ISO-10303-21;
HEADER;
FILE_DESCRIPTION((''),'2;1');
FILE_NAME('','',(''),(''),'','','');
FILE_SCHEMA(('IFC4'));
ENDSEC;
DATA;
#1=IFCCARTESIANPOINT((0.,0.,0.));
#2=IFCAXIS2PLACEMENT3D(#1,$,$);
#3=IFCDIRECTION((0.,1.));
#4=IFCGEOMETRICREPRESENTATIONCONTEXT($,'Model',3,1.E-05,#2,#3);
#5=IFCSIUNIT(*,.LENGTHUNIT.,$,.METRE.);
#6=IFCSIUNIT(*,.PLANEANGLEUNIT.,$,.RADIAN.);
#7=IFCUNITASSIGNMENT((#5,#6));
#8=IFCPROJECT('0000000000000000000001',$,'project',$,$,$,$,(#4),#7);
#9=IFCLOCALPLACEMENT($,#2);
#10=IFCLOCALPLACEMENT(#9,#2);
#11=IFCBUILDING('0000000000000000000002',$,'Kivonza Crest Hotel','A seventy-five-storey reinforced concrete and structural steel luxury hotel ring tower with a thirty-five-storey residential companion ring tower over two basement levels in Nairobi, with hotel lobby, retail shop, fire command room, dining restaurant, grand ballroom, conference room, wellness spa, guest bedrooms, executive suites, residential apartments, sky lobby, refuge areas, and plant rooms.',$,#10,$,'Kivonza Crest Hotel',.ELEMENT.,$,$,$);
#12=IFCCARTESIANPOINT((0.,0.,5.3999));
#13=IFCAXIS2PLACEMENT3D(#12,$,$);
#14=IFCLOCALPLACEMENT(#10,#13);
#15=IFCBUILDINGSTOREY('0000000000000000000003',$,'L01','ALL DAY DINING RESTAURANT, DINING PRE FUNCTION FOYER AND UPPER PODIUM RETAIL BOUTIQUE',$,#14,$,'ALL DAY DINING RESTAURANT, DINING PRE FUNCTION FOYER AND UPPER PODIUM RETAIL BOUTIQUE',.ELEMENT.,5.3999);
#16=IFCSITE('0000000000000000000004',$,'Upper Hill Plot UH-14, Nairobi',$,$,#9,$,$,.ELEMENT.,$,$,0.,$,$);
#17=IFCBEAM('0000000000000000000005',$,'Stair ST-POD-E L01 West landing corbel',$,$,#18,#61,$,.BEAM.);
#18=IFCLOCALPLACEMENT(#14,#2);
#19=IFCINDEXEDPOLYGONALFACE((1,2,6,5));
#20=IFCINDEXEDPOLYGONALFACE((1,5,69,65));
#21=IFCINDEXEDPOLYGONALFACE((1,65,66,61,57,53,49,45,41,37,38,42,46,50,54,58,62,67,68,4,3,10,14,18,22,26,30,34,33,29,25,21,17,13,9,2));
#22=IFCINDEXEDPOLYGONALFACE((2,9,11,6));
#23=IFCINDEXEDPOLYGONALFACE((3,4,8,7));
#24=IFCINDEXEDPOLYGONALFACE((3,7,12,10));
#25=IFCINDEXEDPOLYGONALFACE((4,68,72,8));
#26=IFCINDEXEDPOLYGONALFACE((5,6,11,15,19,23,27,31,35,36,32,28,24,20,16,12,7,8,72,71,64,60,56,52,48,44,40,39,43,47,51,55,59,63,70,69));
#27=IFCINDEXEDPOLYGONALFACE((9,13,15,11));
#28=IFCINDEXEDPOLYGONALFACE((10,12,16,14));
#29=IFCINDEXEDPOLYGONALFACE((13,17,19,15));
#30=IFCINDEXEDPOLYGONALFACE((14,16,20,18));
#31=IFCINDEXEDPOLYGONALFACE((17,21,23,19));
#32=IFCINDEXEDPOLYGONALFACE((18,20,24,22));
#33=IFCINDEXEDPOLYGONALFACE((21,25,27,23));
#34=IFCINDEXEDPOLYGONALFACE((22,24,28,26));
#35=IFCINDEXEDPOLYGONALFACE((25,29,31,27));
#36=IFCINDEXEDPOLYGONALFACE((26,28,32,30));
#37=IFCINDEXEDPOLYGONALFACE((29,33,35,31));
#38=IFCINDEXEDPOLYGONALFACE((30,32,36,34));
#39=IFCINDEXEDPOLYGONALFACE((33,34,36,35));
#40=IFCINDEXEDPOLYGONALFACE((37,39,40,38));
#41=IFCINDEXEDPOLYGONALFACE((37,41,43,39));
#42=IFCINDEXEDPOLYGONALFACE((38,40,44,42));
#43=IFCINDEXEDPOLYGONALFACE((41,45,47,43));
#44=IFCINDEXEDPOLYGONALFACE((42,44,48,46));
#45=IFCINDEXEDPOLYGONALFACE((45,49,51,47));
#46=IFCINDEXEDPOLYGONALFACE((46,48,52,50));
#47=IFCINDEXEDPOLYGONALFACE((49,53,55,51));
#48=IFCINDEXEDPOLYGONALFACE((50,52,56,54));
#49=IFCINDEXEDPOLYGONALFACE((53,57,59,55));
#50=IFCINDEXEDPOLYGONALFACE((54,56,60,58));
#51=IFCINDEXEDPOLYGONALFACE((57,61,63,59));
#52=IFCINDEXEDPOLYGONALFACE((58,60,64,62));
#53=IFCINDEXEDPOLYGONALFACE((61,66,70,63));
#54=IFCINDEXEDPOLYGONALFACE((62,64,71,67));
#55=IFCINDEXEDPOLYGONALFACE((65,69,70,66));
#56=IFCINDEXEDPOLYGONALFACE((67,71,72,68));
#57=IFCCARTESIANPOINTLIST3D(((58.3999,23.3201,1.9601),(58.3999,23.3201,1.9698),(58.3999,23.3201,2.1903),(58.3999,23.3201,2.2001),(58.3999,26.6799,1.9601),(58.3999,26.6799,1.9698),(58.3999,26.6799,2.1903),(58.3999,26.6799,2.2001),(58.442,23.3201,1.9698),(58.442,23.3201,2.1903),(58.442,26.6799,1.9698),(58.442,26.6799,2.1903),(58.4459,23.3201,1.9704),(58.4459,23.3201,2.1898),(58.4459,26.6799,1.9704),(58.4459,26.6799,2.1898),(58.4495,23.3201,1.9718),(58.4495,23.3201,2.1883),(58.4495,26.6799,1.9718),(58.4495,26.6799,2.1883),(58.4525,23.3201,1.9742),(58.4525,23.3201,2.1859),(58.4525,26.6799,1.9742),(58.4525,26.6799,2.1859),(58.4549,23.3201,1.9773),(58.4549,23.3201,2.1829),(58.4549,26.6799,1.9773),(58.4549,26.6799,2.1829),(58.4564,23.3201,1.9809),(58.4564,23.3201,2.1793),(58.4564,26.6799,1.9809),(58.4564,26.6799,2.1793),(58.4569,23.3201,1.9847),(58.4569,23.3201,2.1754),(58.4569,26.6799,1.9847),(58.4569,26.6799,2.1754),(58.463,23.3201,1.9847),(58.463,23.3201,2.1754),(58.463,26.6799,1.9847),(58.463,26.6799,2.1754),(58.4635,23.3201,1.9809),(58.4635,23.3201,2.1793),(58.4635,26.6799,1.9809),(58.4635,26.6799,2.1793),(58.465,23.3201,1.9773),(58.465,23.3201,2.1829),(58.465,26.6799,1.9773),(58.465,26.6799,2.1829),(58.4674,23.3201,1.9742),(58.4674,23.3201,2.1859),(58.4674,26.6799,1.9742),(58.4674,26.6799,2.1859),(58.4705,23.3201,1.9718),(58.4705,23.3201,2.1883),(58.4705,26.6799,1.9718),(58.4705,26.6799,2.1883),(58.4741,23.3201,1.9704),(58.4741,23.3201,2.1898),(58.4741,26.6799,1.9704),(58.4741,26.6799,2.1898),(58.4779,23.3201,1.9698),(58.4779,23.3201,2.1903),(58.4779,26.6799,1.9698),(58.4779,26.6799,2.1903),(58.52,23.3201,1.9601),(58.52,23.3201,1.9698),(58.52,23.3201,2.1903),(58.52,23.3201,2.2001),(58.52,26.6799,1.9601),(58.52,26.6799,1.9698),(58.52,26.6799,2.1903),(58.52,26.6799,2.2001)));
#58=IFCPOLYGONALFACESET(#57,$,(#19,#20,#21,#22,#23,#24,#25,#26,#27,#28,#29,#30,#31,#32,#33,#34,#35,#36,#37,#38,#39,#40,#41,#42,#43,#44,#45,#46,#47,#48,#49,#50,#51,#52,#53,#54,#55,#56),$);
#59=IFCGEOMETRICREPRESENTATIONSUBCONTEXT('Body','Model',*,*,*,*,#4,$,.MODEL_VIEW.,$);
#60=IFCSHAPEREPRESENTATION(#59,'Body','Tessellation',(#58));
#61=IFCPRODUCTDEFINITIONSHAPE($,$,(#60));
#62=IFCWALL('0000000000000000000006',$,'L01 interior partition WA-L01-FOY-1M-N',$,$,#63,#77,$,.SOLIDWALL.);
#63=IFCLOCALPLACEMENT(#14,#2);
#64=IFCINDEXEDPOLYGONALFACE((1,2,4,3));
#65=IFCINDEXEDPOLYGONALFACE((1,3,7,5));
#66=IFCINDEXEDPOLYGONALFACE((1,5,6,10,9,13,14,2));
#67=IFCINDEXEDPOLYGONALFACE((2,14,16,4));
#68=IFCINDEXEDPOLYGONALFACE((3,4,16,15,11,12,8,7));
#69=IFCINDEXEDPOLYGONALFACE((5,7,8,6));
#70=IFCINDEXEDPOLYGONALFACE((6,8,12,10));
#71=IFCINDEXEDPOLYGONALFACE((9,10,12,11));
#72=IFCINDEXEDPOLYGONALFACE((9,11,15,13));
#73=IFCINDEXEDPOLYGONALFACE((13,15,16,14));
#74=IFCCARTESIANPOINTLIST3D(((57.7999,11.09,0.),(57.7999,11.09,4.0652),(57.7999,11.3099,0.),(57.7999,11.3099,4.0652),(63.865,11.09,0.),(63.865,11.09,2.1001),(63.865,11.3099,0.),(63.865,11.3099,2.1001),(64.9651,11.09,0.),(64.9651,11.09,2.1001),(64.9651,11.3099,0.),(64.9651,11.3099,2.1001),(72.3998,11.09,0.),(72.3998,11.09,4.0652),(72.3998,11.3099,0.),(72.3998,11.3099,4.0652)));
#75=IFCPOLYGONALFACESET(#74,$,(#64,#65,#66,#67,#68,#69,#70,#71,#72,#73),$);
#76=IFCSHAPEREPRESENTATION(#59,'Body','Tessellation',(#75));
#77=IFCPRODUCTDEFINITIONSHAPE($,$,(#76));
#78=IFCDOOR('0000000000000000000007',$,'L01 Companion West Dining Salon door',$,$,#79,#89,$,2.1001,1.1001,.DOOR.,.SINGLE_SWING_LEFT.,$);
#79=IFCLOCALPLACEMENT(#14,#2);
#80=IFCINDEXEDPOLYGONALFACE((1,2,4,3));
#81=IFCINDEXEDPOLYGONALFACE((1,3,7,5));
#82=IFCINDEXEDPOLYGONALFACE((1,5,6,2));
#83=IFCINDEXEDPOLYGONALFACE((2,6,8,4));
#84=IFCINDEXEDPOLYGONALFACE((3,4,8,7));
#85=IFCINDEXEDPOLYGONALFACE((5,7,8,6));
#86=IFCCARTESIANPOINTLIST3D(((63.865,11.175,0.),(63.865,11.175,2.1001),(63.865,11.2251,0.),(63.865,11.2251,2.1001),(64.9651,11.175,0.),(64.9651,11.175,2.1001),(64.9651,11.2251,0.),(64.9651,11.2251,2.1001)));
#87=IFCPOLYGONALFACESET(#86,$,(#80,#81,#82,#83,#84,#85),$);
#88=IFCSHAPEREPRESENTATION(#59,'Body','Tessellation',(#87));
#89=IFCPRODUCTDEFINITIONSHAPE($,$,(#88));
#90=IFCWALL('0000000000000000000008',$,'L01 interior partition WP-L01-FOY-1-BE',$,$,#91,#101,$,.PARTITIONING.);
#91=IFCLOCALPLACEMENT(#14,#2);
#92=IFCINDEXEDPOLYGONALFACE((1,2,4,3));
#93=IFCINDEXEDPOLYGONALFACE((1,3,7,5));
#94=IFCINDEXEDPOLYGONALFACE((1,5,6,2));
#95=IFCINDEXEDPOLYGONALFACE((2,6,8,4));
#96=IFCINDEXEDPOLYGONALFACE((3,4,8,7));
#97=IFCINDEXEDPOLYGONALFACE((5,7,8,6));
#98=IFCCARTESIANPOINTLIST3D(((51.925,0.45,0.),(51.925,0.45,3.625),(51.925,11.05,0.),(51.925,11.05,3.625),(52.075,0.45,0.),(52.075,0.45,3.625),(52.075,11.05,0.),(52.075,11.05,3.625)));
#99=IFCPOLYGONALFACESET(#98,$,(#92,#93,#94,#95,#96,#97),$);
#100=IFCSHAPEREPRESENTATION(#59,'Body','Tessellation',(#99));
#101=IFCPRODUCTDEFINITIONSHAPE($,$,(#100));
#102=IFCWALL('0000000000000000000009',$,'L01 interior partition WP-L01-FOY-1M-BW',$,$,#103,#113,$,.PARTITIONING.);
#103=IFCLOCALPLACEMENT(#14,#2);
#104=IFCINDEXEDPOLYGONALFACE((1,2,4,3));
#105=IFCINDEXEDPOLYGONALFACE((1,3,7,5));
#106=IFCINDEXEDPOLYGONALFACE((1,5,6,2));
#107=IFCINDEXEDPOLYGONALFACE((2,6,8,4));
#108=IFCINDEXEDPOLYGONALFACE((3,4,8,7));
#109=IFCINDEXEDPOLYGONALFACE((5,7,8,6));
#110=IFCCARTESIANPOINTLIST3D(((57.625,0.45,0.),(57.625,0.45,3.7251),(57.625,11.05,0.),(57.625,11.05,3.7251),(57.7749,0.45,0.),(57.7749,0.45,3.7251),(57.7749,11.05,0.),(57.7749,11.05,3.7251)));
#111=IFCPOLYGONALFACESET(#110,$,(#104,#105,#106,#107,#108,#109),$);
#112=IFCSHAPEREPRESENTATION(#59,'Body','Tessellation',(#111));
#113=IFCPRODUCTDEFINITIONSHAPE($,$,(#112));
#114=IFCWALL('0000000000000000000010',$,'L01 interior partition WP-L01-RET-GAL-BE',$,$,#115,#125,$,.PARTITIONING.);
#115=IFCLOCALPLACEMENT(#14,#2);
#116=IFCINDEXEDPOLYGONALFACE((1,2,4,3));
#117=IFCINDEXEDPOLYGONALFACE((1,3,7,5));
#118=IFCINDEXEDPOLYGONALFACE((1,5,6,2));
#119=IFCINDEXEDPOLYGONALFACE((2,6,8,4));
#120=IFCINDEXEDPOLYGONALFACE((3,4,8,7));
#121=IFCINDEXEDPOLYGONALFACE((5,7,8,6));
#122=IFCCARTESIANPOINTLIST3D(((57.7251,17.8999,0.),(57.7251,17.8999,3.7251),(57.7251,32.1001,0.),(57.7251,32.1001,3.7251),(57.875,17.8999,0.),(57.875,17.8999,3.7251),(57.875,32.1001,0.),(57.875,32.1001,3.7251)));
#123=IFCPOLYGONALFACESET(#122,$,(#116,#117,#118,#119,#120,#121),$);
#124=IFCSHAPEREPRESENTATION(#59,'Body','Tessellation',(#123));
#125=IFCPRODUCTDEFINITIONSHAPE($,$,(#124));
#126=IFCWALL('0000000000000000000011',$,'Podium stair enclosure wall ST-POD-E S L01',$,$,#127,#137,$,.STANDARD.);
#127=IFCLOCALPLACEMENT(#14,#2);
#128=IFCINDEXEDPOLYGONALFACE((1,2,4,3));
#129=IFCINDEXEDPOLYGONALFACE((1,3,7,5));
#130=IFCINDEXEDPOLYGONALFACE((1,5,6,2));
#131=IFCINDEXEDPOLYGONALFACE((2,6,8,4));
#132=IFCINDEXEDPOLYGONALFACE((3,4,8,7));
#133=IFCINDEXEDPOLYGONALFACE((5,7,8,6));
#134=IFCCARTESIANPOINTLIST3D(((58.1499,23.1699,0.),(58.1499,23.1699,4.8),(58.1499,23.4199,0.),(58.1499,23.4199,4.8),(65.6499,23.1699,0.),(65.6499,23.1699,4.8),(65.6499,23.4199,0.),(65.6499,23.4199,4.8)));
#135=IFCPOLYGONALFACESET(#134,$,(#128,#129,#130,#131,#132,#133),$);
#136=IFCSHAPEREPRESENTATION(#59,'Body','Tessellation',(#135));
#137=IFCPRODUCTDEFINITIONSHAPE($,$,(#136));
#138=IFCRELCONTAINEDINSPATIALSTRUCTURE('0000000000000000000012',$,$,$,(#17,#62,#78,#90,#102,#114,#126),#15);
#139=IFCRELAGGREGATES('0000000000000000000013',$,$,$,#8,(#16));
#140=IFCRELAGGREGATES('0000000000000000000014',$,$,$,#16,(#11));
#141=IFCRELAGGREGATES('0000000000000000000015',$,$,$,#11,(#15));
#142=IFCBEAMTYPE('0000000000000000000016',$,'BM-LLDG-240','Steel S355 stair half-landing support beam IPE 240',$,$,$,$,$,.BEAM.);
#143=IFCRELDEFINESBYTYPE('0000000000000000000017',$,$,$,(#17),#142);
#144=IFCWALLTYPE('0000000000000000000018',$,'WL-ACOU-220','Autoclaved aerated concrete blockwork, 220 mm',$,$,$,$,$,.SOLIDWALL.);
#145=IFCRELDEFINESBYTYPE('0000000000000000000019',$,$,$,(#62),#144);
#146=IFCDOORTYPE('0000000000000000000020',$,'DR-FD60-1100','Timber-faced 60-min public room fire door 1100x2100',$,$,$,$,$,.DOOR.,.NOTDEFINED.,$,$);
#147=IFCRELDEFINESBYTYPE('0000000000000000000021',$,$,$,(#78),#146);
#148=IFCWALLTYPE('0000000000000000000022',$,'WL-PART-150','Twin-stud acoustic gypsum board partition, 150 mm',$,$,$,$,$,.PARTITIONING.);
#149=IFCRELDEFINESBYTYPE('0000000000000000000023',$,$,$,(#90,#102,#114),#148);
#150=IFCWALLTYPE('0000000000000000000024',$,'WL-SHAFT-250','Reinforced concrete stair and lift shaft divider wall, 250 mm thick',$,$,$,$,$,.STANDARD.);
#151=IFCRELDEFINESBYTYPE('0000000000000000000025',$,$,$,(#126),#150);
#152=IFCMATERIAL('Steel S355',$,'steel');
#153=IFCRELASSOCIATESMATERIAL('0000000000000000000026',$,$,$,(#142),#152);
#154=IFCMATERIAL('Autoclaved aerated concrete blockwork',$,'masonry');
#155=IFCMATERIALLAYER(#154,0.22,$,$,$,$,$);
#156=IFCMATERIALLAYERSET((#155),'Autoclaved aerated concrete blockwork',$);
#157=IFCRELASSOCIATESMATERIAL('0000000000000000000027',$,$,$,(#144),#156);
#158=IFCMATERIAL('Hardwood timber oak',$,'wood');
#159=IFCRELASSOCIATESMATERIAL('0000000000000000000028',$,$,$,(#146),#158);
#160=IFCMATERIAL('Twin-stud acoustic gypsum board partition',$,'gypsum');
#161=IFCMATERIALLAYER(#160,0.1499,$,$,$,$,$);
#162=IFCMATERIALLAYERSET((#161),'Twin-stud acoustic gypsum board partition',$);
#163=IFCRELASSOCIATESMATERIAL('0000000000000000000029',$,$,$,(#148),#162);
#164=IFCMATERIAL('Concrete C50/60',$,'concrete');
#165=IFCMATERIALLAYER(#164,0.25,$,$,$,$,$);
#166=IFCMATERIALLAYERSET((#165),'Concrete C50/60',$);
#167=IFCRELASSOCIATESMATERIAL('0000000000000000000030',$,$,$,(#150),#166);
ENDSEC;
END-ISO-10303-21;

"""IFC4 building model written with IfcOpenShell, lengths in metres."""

from ifc_helpers import new_model, si_unit, direction, frame, frame_2d, origin, origin_2d, place, context, subcontext, project, spatial, rectangle, i_section, extrude, material, layer, layer_set, material_profile, profile_set, type_object, element, fill, save


model = new_model("IFC4")

# Units and contexts
model_context = context("Model", 3, precision=1e-05, world=origin(), true_north=direction((0.0, 1.0)))
body_context = subcontext(model_context, "Body", "Model", "MODEL_VIEW")
ifc_project = project(units=[si_unit("LENGTHUNIT", "METRE"), si_unit("PLANEANGLEUNIT", "RADIAN")], contexts=[model_context])

# Site, building, storey
site_placement = place(None, origin())
site = spatial("IfcSite", under=ifc_project, at=site_placement, Name="Upper Hill Plot UH-14, Nairobi", CompositionType="ELEMENT", RefElevation=0.0)
building_placement = place(site_placement, origin())
building = spatial("IfcBuilding", under=site, at=building_placement, Name="Kivonza Crest Hotel", Description="A seventy-five-storey reinforced concrete and structural steel luxury hotel ring tower with a thirty-five-storey residential companion ring tower over two basement levels in Nairobi, with hotel lobby, retail shop, fire command room, dining restaurant, grand ballroom, conference room, wellness spa, guest bedrooms, executive suites, residential apartments, sky lobby, refuge areas, and plant rooms.", LongName="Kivonza Crest Hotel", CompositionType="ELEMENT")
storey_placement = place(building_placement, frame((0.0, 0.0, 5.3999)))
storey = spatial("IfcBuildingStorey", under=building, at=storey_placement, Name="L01", Description="ALL DAY DINING RESTAURANT, DINING PRE FUNCTION FOYER AND UPPER PODIUM RETAIL BOUTIQUE", LongName="ALL DAY DINING RESTAURANT, DINING PRE FUNCTION FOYER AND UPPER PODIUM RETAIL BOUTIQUE", CompositionType="ELEMENT", Elevation=5.3999)

# Beam
ifc_material_1 = material(Name="Steel S355", Category="steel")
ifc_material_profile_1 = material_profile(ifc_material_1, i_section(OverallWidth=0.1201, OverallDepth=0.24, WebThickness=0.0061, FlangeThickness=0.0098, FilletRadius=0.0149, at=origin_2d()), Name="IPE 240")
ifc_profile_set_1 = profile_set([ifc_material_profile_1], Name="Steel S355")
beam_type_1 = type_object("IfcBeamType", Name="BM-LLDG-240", Description="Steel S355 stair half-landing support beam IPE 240", PredefinedType="BEAM", material=ifc_profile_set_1)
beam_1_placement = place(storey_placement, frame((58.46, 23.3201, 2.0801), z_axis=(0.0, 1.0, 0.0), x_axis=(-1.0, 0.0, 0.0)))
element("IfcBeam", 1, at=beam_1_placement, inside=storey, type_object=beam_type_1, Name="Stair ST-POD-E L01 West landing corbel", PredefinedType="BEAM", context=body_context, shape_type="SweptSolid", body=[
    extrude(i_section(OverallWidth=0.1201, OverallDepth=0.24, WebThickness=0.0061, FlangeThickness=0.0098, FilletRadius=0.0149, at=origin_2d()), origin(), (0.0, 0.0, 1.0), 3.3599),
])

# Wall, opening, door
ifc_material_2 = material(Name="Autoclaved aerated concrete blockwork", Category="masonry")
ifc_layer_1 = layer(ifc_material_2, 0.22)
ifc_layer_set_1 = layer_set([ifc_layer_1], Name="Autoclaved aerated concrete blockwork")
wall_type_1 = type_object("IfcWallType", Name="WL-ACOU-220", Description="Autoclaved aerated concrete blockwork, 220 mm", PredefinedType="SOLIDWALL", material=ifc_layer_set_1)
wall_1_placement = place(storey_placement, frame((57.8, 11.2, 0.0), z_axis=(0.0, 0.0, 1.0), x_axis=(1.0, 0.0, 0.0)))
wall_1 = element("IfcWall", 2, at=wall_1_placement, inside=storey, type_object=wall_type_1, Name="L01 interior partition WA-L01-FOY-1M-N", PredefinedType="SOLIDWALL", context=body_context, shape_type="SweptSolid", body=[
    extrude(rectangle(XDim=14.5999, YDim=0.22, at=frame_2d((7.2998, 0.0))), origin(), (0.0, 0.0, 1.0), 4.0652),
])
opening_placement = place(wall_1_placement, frame((6.0649, 0.0, 0.0)))
opening = element("IfcOpeningElement", 3, at=opening_placement, cuts=wall_1, PredefinedType="OPENING", context=body_context, shape_type="SweptSolid", body=[
    extrude(rectangle(XDim=1.1001, YDim=2.1001, at=frame_2d((0.55, 1.05))), frame((0.0, 0.1201, 0.0), z_axis=(0.0, -1.0, 0.0), x_axis=(1.0, 0.0, 0.0)), (0.0, 0.0, 1.0), 0.24),
])
ifc_material_3 = material(Name="Hardwood timber oak", Category="wood")
door_type = type_object("IfcDoorType", Name="DR-FD60-1100", Description="Timber-faced 60-min public room fire door 1100x2100", OperationType="NOTDEFINED", PredefinedType="DOOR", material=ifc_material_3)
door_placement = place(opening_placement, frame((1.1001, 0.0, 0.0), z_axis=(0.0, 0.0, 1.0), x_axis=(-1.0, 0.0, 0.0)))
door = element("IfcDoor", 4, at=door_placement, inside=storey, type_object=door_type, Name="L01 Companion West Dining Salon door", OperationType="SINGLE_SWING_LEFT", OverallHeight=2.1001, OverallWidth=1.1001, PredefinedType="DOOR", context=body_context, shape_type="SweptSolid", body=[
    extrude(rectangle(XDim=1.1001, YDim=2.1001, at=frame_2d((0.55, 1.05))), frame((0.0, 0.0249, 0.0), z_axis=(0.0, -1.0, 0.0), x_axis=(1.0, 0.0, 0.0)), (0.0, 0.0, 1.0), 0.05),
])
fill(opening, door)

# Walls
ifc_material_4 = material(Name="Twin-stud acoustic gypsum board partition", Category="gypsum")
ifc_layer_2 = layer(ifc_material_4, 0.1499)
ifc_layer_set_2 = layer_set([ifc_layer_2], Name="Twin-stud acoustic gypsum board partition")
wall_type_2 = type_object("IfcWallType", Name="WL-PART-150", Description="Twin-stud acoustic gypsum board partition, 150 mm", PredefinedType="PARTITIONING", material=ifc_layer_set_2)
wall_2_placement = place(storey_placement, frame((52.0, 0.45, 0.0), z_axis=(0.0, 0.0, 1.0), x_axis=(0.0, 1.0, 0.0)))
element("IfcWall", 5, at=wall_2_placement, inside=storey, type_object=wall_type_2, Name="L01 interior partition WP-L01-FOY-1-BE", PredefinedType="PARTITIONING", context=body_context, shape_type="SweptSolid", body=[
    extrude(rectangle(XDim=10.6001, YDim=0.1499, at=frame_2d((5.3, 0.0))), origin(), (0.0, 0.0, 1.0), 3.625),
])
wall_3_placement = place(storey_placement, frame((57.7, 0.45, 0.0), z_axis=(0.0, 0.0, 1.0), x_axis=(0.0, 1.0, 0.0)))
element("IfcWall", 6, at=wall_3_placement, inside=storey, type_object=wall_type_2, Name="L01 interior partition WP-L01-FOY-1M-BW", PredefinedType="PARTITIONING", context=body_context, shape_type="SweptSolid", body=[
    extrude(rectangle(XDim=10.6001, YDim=0.1499, at=frame_2d((5.3, 0.0))), origin(), (0.0, 0.0, 1.0), 3.7251),
])
wall_4_placement = place(storey_placement, frame((57.8, 17.8999, 0.0), z_axis=(0.0, 0.0, 1.0), x_axis=(0.0, 1.0, 0.0)))
element("IfcWall", 7, at=wall_4_placement, inside=storey, type_object=wall_type_2, Name="L01 interior partition WP-L01-RET-GAL-BE", PredefinedType="PARTITIONING", context=body_context, shape_type="SweptSolid", body=[
    extrude(rectangle(XDim=14.2002, YDim=0.1499, at=frame_2d((7.1001, 0.0))), origin(), (0.0, 0.0, 1.0), 3.7251),
])
ifc_material_5 = material(Name="Concrete C50/60", Category="concrete")
ifc_layer_3 = layer(ifc_material_5, 0.25)
ifc_layer_set_3 = layer_set([ifc_layer_3], Name="Concrete C50/60")
wall_type_3 = type_object("IfcWallType", Name="WL-SHAFT-250", Description="Reinforced concrete stair and lift shaft divider wall, 250 mm thick", PredefinedType="STANDARD", material=ifc_layer_set_3)
wall_5_placement = place(storey_placement, frame((58.1499, 23.2949, 0.0), z_axis=(0.0, 0.0, 1.0), x_axis=(1.0, 0.0, 0.0)))
element("IfcWall", 8, at=wall_5_placement, inside=storey, type_object=wall_type_3, Name="Podium stair enclosure wall ST-POD-E S L01", PredefinedType="STANDARD", context=body_context, shape_type="SweptSolid", body=[
    extrude(rectangle(XDim=7.5, YDim=0.25, at=frame_2d((3.75, 0.0))), origin(), (0.0, 0.0, 1.0), 4.8),
])

save(model, "model.ifc")
